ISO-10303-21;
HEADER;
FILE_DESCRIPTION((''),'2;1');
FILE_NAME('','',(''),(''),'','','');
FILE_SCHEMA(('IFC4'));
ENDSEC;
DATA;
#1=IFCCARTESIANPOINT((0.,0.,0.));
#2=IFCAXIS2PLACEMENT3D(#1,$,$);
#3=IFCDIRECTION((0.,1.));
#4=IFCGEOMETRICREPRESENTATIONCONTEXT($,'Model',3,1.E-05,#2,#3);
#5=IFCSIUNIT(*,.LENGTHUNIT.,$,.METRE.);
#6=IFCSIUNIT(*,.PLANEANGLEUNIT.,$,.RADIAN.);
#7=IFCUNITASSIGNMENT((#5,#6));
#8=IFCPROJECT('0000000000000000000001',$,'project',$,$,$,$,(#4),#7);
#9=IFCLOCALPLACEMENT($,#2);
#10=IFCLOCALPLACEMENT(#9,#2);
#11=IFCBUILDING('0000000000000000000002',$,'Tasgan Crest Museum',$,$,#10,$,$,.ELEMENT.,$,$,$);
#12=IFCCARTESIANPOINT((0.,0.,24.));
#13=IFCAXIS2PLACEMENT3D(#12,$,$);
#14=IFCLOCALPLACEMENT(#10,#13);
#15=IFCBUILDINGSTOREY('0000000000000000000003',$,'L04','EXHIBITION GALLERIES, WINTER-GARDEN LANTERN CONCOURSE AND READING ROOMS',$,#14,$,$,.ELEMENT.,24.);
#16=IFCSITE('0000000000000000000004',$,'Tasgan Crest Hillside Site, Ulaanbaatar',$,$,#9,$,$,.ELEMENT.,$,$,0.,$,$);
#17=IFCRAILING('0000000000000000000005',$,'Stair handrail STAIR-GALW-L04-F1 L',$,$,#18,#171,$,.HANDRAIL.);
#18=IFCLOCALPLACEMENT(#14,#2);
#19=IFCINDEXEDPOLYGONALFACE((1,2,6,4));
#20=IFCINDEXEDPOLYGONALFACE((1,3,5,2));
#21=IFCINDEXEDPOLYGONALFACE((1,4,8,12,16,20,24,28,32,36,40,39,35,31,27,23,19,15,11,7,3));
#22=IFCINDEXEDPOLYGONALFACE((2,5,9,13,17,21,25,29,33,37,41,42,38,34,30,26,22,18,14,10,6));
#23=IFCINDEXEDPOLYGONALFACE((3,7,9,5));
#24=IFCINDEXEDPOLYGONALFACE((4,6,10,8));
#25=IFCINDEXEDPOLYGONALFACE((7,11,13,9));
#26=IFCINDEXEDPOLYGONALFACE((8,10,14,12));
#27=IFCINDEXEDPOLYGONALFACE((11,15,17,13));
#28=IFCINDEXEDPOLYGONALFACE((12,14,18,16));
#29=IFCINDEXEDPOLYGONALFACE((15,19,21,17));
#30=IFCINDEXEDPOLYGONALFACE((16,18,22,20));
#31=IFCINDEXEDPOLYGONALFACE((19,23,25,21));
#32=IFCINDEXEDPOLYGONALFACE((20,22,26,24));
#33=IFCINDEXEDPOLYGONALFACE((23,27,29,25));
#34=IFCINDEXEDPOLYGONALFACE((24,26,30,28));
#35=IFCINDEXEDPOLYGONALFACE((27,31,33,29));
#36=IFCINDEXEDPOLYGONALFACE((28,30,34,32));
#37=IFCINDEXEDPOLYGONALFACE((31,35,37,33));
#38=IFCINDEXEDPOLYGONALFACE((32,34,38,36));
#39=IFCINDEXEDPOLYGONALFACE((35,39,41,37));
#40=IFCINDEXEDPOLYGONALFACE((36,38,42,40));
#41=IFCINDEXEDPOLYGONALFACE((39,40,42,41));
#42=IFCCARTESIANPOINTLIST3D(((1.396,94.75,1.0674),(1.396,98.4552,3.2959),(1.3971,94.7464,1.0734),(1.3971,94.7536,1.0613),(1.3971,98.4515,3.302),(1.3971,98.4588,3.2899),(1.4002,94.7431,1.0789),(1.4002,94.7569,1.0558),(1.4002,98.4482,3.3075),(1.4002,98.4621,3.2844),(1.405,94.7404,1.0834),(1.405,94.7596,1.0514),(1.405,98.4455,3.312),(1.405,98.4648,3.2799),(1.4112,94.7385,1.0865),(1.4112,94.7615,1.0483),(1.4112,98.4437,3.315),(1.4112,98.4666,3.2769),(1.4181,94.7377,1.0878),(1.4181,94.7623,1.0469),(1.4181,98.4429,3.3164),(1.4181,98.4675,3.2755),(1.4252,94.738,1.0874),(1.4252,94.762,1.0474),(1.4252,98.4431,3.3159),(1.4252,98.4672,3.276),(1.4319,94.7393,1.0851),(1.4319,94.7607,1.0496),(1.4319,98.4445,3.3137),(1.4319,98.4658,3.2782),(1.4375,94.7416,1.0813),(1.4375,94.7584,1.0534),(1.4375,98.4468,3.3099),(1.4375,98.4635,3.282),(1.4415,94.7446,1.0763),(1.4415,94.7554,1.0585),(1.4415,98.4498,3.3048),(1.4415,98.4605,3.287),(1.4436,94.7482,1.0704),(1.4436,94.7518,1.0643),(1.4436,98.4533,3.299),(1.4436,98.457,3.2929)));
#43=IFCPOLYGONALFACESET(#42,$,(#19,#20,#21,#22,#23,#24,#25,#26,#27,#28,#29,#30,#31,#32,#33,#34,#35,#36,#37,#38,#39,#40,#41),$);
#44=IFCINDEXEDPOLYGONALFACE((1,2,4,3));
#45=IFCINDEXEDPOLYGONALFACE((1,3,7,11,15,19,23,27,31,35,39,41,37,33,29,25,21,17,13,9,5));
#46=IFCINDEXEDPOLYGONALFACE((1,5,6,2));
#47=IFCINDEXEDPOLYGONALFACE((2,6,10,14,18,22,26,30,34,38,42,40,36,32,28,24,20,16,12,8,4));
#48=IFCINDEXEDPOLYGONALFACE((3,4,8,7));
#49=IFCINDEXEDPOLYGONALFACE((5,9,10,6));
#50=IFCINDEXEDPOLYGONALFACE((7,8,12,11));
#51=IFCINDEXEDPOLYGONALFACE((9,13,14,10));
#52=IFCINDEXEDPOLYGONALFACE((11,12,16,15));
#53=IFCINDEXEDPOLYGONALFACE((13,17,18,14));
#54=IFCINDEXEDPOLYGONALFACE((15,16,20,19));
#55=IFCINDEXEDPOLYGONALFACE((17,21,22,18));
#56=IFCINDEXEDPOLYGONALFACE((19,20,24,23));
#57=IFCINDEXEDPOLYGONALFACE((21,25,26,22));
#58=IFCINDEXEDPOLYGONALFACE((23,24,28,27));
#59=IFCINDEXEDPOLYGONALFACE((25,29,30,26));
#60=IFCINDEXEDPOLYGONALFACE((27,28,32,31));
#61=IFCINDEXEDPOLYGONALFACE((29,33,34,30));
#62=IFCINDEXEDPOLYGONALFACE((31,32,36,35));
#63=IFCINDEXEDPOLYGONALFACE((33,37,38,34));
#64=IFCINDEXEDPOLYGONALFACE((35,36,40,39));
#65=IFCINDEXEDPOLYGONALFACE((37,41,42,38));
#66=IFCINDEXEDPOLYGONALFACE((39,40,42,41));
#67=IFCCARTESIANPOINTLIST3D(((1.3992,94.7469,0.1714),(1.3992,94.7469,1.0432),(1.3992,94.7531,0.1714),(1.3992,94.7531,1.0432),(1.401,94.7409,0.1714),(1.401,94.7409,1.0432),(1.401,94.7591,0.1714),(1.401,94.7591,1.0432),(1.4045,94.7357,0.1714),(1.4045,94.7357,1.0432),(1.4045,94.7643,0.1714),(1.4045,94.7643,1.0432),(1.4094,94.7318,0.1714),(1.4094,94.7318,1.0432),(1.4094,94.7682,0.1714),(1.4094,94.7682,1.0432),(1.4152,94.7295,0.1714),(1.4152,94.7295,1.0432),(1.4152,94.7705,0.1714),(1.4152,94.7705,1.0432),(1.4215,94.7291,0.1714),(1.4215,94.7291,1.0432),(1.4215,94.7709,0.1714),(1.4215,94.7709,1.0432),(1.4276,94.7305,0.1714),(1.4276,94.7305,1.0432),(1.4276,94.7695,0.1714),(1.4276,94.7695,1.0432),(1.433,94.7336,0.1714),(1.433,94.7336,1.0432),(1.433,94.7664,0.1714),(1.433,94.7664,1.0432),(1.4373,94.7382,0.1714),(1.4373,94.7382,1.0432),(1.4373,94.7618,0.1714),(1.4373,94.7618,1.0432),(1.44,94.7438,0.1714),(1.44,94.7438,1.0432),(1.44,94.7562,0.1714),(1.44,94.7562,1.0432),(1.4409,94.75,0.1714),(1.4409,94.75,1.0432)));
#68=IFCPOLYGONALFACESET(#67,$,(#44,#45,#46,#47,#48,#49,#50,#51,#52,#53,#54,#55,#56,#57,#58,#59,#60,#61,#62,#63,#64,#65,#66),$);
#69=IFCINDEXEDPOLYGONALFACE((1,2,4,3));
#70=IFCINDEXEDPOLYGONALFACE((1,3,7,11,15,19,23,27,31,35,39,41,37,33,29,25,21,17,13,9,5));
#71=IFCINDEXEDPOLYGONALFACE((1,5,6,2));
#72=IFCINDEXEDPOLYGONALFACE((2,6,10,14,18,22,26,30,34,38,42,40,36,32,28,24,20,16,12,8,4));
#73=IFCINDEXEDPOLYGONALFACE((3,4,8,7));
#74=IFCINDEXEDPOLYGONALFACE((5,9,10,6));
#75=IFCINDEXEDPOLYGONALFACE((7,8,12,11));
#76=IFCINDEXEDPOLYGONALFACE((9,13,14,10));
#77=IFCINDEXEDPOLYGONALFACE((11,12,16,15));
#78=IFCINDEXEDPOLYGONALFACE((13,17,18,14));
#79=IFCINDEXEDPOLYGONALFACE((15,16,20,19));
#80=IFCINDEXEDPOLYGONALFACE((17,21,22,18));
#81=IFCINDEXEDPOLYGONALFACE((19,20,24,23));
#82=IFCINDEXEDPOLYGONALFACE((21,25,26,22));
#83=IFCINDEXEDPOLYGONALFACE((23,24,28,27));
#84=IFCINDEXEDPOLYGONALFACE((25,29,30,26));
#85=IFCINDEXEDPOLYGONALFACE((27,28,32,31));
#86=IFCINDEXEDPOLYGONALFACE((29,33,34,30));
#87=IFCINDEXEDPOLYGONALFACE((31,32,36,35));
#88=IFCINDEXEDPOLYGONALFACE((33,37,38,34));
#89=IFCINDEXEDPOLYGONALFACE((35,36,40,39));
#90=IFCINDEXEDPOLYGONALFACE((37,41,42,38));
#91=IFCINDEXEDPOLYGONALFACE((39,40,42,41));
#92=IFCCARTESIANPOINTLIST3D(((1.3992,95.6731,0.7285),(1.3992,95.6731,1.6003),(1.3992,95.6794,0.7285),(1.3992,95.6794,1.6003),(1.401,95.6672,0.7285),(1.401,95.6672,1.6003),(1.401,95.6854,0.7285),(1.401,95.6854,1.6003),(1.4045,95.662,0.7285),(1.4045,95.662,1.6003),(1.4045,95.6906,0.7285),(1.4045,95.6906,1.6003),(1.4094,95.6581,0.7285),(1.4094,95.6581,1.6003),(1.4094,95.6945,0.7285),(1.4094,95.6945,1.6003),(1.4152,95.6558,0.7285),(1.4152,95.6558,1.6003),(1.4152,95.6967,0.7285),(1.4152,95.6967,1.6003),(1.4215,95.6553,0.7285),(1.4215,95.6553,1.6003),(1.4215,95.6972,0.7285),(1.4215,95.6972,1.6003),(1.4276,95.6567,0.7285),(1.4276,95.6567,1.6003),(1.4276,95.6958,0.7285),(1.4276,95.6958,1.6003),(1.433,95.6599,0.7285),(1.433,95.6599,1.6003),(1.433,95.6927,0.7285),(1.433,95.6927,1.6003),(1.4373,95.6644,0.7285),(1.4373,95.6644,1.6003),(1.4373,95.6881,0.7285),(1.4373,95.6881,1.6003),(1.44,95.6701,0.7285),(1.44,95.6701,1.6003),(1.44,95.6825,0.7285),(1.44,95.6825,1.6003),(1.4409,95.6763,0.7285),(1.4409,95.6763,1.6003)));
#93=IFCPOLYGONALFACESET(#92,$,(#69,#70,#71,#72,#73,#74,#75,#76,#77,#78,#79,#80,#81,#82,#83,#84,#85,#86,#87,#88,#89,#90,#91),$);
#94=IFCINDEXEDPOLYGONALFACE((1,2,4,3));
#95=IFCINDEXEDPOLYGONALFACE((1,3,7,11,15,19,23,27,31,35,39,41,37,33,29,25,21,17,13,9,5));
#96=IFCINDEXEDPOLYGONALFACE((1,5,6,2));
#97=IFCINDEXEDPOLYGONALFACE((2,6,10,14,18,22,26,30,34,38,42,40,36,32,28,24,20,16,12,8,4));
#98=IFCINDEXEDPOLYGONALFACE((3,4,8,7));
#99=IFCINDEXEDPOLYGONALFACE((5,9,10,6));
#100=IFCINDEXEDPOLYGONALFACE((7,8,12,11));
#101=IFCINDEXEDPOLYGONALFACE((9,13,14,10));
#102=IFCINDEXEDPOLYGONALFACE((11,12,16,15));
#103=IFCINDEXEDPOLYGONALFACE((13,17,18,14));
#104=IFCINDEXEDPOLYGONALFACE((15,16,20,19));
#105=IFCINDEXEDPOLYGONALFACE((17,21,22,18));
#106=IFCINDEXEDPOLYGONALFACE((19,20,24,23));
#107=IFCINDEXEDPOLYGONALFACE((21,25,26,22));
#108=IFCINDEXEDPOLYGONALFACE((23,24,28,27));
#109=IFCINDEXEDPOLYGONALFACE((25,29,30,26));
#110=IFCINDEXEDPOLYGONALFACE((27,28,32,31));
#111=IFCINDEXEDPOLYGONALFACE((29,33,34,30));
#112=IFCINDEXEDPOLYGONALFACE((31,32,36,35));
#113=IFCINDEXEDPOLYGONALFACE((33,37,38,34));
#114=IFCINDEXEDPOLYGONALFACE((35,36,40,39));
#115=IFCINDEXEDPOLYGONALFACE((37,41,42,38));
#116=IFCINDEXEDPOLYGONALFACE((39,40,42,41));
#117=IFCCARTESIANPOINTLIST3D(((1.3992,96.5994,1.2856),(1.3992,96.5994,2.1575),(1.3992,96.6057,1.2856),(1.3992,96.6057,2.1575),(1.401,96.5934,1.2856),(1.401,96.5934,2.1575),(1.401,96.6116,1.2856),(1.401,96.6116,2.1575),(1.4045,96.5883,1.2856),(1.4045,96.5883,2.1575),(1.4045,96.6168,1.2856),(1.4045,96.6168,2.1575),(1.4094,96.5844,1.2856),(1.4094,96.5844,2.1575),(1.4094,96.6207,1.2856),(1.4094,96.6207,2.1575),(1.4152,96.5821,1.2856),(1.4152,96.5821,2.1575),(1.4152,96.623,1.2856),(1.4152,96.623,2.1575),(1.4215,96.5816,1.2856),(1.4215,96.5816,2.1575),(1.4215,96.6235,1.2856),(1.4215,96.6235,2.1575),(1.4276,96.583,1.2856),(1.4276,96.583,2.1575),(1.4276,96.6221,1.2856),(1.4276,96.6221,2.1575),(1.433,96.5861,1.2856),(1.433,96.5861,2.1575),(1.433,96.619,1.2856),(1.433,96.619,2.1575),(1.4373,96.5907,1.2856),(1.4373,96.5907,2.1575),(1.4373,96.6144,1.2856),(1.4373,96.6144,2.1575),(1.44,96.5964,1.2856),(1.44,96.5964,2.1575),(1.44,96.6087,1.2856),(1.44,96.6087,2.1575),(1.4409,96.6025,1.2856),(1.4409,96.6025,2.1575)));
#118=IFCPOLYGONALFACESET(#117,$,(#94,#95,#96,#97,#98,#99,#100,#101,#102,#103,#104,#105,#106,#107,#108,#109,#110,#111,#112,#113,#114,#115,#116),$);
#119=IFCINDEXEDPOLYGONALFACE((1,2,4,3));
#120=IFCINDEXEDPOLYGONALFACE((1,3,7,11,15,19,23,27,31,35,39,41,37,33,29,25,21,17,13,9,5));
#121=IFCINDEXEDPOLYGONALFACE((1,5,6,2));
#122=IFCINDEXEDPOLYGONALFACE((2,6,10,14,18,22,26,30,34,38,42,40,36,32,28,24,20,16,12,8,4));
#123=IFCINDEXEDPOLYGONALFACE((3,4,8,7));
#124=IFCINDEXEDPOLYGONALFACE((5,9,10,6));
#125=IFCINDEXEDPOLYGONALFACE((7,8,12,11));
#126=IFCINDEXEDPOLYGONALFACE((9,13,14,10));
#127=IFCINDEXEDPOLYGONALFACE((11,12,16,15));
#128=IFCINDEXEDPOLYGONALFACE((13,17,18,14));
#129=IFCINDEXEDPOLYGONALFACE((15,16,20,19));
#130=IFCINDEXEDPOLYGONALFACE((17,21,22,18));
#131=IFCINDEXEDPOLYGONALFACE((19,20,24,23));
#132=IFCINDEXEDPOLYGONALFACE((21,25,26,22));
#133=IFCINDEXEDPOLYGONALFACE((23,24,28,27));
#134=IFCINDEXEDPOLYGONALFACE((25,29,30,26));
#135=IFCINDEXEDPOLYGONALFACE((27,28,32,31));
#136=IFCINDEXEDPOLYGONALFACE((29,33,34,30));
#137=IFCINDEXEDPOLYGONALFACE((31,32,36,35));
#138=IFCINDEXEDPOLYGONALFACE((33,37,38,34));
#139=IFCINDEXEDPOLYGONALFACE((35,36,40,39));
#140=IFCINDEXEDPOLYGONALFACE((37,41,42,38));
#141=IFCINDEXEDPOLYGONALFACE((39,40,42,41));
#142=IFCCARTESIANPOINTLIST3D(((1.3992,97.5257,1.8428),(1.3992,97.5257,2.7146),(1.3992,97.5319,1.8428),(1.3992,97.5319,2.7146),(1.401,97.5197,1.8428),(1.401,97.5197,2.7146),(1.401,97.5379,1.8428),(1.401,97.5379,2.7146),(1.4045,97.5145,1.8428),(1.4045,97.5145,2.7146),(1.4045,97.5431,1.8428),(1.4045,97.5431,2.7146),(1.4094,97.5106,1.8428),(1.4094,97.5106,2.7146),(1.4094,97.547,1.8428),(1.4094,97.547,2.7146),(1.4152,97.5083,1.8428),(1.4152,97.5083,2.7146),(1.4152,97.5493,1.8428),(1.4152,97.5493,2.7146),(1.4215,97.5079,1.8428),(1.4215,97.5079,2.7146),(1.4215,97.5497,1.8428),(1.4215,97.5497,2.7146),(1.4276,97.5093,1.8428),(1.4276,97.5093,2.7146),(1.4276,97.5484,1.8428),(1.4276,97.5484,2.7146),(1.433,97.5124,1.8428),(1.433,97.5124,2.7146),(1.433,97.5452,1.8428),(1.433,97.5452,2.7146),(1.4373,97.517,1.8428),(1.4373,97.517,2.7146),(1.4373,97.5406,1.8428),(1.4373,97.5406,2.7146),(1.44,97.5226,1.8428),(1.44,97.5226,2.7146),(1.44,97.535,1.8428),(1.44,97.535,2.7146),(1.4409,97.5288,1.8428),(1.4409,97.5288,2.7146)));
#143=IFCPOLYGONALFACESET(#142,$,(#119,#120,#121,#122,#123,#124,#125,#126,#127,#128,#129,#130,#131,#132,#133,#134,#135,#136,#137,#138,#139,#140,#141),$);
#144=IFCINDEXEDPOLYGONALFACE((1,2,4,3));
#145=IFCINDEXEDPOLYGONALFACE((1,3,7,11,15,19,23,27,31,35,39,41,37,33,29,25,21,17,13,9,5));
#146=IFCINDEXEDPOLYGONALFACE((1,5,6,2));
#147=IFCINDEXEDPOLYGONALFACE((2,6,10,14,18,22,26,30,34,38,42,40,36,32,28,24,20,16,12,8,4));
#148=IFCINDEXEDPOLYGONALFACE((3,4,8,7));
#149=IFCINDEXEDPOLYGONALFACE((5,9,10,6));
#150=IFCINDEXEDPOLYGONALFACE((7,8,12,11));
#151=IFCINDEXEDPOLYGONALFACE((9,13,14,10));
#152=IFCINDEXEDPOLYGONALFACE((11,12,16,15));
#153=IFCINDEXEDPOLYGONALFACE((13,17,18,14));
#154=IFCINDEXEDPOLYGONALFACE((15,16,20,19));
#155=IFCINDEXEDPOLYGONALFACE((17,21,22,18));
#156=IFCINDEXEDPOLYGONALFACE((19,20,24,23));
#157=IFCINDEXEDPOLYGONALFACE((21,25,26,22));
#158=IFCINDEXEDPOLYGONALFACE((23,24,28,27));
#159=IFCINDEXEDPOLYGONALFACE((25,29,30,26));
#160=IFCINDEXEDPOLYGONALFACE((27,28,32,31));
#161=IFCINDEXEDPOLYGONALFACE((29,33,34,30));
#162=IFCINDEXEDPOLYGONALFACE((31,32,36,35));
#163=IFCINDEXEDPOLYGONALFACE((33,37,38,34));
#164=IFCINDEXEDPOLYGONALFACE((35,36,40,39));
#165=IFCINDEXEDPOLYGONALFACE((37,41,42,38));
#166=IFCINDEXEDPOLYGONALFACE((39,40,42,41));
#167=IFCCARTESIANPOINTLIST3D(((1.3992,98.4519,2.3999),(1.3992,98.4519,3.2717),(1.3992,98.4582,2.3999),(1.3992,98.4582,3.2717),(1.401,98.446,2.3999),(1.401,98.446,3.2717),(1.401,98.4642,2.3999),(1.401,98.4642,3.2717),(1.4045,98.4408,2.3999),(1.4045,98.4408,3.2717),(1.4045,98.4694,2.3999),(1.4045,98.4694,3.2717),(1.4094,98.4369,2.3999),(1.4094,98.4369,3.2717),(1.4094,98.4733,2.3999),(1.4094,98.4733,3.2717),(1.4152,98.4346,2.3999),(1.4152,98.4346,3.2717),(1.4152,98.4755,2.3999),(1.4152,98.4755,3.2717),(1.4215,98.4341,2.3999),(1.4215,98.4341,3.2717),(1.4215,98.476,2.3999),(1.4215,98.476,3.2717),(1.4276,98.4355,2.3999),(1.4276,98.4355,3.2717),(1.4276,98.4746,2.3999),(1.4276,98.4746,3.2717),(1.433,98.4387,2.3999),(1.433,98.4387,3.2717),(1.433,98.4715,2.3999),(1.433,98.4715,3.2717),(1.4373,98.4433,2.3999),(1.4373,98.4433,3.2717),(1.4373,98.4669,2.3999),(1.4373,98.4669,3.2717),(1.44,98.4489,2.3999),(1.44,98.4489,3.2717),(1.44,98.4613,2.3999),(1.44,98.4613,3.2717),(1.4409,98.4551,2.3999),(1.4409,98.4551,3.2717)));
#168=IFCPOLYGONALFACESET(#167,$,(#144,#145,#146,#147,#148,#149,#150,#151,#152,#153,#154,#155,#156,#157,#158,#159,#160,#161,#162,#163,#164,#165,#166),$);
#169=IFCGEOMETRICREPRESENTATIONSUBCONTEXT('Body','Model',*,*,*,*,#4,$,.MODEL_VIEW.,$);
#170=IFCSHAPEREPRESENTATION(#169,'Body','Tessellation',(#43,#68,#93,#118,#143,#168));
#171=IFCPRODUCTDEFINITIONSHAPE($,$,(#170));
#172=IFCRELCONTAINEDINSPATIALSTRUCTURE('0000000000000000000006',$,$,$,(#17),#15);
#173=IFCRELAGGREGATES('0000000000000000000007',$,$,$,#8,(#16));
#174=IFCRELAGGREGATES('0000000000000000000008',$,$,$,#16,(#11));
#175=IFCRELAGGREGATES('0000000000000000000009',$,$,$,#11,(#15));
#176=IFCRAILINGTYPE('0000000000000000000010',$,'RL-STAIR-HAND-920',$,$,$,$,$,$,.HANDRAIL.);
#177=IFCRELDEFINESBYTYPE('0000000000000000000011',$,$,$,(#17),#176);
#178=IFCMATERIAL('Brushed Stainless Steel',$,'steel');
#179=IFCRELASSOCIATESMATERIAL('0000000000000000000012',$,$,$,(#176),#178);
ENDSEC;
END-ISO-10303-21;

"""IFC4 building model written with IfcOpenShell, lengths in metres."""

from ifc_helpers import new_model, si_unit, direction, frame, origin, origin_2d, place, context, subcontext, project, spatial, circle, extrude, material, type_object, element, save


model = new_model("IFC4")

# Units and contexts
model_context = context("Model", 3, precision=1e-05, world=origin(), true_north=direction((0.0, 1.0)))
body_context = subcontext(model_context, "Body", "Model", "MODEL_VIEW")
ifc_project = project(units=[si_unit("LENGTHUNIT", "METRE"), si_unit("PLANEANGLEUNIT", "RADIAN")], contexts=[model_context])

# Site, building, storey
site_placement = place(None, origin())
site = spatial("IfcSite", under=ifc_project, at=site_placement, Name="Tasgan Crest Hillside Site, Ulaanbaatar", CompositionType="ELEMENT", RefElevation=0.0)
building_placement = place(site_placement, origin())
building = spatial("IfcBuilding", under=site, at=building_placement, Name="Tasgan Crest Museum", CompositionType="ELEMENT")
storey_placement = place(building_placement, frame((0.0, 0.0, 24.0)))
storey = spatial("IfcBuildingStorey", under=building, at=storey_placement, Name="L04", Description="EXHIBITION GALLERIES, WINTER-GARDEN LANTERN CONCOURSE AND READING ROOMS", CompositionType="ELEMENT", Elevation=24.0)

# Railing
ifc_material_1 = material(Name="Brushed Stainless Steel", Category="steel")
railing_type_1 = type_object("IfcRailingType", Name="RL-STAIR-HAND-920", PredefinedType="HANDRAIL", material=ifc_material_1)
for number, where, name in (
    (1, (1.4199, 94.75, 0.1714), "Stair handrail STAIR-GALW-L04-F1 L"),
):
    element("IfcRailing", number, at=place(storey_placement, frame(where)), inside=storey, type_object=railing_type_1, Name=name, PredefinedType="HANDRAIL", context=body_context, shape_type="SweptSolid", body=[
        extrude(circle(Radius=0.0239, at=origin_2d()), frame((0.0, 0.0, 0.896), z_axis=(0.0, 0.856934, 0.515425), x_axis=(-1.0, 0.0, 0.0)), (0.0, 0.0, 1.0), 4.3237),
        extrude(circle(Radius=0.021, at=origin_2d()), origin(), (0.0, 0.0, 1.0), 0.8718),
        extrude(circle(Radius=0.021, at=origin_2d()), frame((0.0, 0.9263, 0.5571)), (0.0, 0.0, 1.0), 0.8718),
        extrude(circle(Radius=0.021, at=origin_2d()), frame((0.0, 1.8525, 1.1143)), (0.0, 0.0, 1.0), 0.8718),
        extrude(circle(Radius=0.021, at=origin_2d()), frame((0.0, 2.7788, 1.6714)), (0.0, 0.0, 1.0), 0.8718),
        extrude(circle(Radius=0.021, at=origin_2d()), frame((0.0, 3.7051, 2.2285)), (0.0, 0.0, 1.0), 0.8718),
    ])

save(model, "model.ifc")
